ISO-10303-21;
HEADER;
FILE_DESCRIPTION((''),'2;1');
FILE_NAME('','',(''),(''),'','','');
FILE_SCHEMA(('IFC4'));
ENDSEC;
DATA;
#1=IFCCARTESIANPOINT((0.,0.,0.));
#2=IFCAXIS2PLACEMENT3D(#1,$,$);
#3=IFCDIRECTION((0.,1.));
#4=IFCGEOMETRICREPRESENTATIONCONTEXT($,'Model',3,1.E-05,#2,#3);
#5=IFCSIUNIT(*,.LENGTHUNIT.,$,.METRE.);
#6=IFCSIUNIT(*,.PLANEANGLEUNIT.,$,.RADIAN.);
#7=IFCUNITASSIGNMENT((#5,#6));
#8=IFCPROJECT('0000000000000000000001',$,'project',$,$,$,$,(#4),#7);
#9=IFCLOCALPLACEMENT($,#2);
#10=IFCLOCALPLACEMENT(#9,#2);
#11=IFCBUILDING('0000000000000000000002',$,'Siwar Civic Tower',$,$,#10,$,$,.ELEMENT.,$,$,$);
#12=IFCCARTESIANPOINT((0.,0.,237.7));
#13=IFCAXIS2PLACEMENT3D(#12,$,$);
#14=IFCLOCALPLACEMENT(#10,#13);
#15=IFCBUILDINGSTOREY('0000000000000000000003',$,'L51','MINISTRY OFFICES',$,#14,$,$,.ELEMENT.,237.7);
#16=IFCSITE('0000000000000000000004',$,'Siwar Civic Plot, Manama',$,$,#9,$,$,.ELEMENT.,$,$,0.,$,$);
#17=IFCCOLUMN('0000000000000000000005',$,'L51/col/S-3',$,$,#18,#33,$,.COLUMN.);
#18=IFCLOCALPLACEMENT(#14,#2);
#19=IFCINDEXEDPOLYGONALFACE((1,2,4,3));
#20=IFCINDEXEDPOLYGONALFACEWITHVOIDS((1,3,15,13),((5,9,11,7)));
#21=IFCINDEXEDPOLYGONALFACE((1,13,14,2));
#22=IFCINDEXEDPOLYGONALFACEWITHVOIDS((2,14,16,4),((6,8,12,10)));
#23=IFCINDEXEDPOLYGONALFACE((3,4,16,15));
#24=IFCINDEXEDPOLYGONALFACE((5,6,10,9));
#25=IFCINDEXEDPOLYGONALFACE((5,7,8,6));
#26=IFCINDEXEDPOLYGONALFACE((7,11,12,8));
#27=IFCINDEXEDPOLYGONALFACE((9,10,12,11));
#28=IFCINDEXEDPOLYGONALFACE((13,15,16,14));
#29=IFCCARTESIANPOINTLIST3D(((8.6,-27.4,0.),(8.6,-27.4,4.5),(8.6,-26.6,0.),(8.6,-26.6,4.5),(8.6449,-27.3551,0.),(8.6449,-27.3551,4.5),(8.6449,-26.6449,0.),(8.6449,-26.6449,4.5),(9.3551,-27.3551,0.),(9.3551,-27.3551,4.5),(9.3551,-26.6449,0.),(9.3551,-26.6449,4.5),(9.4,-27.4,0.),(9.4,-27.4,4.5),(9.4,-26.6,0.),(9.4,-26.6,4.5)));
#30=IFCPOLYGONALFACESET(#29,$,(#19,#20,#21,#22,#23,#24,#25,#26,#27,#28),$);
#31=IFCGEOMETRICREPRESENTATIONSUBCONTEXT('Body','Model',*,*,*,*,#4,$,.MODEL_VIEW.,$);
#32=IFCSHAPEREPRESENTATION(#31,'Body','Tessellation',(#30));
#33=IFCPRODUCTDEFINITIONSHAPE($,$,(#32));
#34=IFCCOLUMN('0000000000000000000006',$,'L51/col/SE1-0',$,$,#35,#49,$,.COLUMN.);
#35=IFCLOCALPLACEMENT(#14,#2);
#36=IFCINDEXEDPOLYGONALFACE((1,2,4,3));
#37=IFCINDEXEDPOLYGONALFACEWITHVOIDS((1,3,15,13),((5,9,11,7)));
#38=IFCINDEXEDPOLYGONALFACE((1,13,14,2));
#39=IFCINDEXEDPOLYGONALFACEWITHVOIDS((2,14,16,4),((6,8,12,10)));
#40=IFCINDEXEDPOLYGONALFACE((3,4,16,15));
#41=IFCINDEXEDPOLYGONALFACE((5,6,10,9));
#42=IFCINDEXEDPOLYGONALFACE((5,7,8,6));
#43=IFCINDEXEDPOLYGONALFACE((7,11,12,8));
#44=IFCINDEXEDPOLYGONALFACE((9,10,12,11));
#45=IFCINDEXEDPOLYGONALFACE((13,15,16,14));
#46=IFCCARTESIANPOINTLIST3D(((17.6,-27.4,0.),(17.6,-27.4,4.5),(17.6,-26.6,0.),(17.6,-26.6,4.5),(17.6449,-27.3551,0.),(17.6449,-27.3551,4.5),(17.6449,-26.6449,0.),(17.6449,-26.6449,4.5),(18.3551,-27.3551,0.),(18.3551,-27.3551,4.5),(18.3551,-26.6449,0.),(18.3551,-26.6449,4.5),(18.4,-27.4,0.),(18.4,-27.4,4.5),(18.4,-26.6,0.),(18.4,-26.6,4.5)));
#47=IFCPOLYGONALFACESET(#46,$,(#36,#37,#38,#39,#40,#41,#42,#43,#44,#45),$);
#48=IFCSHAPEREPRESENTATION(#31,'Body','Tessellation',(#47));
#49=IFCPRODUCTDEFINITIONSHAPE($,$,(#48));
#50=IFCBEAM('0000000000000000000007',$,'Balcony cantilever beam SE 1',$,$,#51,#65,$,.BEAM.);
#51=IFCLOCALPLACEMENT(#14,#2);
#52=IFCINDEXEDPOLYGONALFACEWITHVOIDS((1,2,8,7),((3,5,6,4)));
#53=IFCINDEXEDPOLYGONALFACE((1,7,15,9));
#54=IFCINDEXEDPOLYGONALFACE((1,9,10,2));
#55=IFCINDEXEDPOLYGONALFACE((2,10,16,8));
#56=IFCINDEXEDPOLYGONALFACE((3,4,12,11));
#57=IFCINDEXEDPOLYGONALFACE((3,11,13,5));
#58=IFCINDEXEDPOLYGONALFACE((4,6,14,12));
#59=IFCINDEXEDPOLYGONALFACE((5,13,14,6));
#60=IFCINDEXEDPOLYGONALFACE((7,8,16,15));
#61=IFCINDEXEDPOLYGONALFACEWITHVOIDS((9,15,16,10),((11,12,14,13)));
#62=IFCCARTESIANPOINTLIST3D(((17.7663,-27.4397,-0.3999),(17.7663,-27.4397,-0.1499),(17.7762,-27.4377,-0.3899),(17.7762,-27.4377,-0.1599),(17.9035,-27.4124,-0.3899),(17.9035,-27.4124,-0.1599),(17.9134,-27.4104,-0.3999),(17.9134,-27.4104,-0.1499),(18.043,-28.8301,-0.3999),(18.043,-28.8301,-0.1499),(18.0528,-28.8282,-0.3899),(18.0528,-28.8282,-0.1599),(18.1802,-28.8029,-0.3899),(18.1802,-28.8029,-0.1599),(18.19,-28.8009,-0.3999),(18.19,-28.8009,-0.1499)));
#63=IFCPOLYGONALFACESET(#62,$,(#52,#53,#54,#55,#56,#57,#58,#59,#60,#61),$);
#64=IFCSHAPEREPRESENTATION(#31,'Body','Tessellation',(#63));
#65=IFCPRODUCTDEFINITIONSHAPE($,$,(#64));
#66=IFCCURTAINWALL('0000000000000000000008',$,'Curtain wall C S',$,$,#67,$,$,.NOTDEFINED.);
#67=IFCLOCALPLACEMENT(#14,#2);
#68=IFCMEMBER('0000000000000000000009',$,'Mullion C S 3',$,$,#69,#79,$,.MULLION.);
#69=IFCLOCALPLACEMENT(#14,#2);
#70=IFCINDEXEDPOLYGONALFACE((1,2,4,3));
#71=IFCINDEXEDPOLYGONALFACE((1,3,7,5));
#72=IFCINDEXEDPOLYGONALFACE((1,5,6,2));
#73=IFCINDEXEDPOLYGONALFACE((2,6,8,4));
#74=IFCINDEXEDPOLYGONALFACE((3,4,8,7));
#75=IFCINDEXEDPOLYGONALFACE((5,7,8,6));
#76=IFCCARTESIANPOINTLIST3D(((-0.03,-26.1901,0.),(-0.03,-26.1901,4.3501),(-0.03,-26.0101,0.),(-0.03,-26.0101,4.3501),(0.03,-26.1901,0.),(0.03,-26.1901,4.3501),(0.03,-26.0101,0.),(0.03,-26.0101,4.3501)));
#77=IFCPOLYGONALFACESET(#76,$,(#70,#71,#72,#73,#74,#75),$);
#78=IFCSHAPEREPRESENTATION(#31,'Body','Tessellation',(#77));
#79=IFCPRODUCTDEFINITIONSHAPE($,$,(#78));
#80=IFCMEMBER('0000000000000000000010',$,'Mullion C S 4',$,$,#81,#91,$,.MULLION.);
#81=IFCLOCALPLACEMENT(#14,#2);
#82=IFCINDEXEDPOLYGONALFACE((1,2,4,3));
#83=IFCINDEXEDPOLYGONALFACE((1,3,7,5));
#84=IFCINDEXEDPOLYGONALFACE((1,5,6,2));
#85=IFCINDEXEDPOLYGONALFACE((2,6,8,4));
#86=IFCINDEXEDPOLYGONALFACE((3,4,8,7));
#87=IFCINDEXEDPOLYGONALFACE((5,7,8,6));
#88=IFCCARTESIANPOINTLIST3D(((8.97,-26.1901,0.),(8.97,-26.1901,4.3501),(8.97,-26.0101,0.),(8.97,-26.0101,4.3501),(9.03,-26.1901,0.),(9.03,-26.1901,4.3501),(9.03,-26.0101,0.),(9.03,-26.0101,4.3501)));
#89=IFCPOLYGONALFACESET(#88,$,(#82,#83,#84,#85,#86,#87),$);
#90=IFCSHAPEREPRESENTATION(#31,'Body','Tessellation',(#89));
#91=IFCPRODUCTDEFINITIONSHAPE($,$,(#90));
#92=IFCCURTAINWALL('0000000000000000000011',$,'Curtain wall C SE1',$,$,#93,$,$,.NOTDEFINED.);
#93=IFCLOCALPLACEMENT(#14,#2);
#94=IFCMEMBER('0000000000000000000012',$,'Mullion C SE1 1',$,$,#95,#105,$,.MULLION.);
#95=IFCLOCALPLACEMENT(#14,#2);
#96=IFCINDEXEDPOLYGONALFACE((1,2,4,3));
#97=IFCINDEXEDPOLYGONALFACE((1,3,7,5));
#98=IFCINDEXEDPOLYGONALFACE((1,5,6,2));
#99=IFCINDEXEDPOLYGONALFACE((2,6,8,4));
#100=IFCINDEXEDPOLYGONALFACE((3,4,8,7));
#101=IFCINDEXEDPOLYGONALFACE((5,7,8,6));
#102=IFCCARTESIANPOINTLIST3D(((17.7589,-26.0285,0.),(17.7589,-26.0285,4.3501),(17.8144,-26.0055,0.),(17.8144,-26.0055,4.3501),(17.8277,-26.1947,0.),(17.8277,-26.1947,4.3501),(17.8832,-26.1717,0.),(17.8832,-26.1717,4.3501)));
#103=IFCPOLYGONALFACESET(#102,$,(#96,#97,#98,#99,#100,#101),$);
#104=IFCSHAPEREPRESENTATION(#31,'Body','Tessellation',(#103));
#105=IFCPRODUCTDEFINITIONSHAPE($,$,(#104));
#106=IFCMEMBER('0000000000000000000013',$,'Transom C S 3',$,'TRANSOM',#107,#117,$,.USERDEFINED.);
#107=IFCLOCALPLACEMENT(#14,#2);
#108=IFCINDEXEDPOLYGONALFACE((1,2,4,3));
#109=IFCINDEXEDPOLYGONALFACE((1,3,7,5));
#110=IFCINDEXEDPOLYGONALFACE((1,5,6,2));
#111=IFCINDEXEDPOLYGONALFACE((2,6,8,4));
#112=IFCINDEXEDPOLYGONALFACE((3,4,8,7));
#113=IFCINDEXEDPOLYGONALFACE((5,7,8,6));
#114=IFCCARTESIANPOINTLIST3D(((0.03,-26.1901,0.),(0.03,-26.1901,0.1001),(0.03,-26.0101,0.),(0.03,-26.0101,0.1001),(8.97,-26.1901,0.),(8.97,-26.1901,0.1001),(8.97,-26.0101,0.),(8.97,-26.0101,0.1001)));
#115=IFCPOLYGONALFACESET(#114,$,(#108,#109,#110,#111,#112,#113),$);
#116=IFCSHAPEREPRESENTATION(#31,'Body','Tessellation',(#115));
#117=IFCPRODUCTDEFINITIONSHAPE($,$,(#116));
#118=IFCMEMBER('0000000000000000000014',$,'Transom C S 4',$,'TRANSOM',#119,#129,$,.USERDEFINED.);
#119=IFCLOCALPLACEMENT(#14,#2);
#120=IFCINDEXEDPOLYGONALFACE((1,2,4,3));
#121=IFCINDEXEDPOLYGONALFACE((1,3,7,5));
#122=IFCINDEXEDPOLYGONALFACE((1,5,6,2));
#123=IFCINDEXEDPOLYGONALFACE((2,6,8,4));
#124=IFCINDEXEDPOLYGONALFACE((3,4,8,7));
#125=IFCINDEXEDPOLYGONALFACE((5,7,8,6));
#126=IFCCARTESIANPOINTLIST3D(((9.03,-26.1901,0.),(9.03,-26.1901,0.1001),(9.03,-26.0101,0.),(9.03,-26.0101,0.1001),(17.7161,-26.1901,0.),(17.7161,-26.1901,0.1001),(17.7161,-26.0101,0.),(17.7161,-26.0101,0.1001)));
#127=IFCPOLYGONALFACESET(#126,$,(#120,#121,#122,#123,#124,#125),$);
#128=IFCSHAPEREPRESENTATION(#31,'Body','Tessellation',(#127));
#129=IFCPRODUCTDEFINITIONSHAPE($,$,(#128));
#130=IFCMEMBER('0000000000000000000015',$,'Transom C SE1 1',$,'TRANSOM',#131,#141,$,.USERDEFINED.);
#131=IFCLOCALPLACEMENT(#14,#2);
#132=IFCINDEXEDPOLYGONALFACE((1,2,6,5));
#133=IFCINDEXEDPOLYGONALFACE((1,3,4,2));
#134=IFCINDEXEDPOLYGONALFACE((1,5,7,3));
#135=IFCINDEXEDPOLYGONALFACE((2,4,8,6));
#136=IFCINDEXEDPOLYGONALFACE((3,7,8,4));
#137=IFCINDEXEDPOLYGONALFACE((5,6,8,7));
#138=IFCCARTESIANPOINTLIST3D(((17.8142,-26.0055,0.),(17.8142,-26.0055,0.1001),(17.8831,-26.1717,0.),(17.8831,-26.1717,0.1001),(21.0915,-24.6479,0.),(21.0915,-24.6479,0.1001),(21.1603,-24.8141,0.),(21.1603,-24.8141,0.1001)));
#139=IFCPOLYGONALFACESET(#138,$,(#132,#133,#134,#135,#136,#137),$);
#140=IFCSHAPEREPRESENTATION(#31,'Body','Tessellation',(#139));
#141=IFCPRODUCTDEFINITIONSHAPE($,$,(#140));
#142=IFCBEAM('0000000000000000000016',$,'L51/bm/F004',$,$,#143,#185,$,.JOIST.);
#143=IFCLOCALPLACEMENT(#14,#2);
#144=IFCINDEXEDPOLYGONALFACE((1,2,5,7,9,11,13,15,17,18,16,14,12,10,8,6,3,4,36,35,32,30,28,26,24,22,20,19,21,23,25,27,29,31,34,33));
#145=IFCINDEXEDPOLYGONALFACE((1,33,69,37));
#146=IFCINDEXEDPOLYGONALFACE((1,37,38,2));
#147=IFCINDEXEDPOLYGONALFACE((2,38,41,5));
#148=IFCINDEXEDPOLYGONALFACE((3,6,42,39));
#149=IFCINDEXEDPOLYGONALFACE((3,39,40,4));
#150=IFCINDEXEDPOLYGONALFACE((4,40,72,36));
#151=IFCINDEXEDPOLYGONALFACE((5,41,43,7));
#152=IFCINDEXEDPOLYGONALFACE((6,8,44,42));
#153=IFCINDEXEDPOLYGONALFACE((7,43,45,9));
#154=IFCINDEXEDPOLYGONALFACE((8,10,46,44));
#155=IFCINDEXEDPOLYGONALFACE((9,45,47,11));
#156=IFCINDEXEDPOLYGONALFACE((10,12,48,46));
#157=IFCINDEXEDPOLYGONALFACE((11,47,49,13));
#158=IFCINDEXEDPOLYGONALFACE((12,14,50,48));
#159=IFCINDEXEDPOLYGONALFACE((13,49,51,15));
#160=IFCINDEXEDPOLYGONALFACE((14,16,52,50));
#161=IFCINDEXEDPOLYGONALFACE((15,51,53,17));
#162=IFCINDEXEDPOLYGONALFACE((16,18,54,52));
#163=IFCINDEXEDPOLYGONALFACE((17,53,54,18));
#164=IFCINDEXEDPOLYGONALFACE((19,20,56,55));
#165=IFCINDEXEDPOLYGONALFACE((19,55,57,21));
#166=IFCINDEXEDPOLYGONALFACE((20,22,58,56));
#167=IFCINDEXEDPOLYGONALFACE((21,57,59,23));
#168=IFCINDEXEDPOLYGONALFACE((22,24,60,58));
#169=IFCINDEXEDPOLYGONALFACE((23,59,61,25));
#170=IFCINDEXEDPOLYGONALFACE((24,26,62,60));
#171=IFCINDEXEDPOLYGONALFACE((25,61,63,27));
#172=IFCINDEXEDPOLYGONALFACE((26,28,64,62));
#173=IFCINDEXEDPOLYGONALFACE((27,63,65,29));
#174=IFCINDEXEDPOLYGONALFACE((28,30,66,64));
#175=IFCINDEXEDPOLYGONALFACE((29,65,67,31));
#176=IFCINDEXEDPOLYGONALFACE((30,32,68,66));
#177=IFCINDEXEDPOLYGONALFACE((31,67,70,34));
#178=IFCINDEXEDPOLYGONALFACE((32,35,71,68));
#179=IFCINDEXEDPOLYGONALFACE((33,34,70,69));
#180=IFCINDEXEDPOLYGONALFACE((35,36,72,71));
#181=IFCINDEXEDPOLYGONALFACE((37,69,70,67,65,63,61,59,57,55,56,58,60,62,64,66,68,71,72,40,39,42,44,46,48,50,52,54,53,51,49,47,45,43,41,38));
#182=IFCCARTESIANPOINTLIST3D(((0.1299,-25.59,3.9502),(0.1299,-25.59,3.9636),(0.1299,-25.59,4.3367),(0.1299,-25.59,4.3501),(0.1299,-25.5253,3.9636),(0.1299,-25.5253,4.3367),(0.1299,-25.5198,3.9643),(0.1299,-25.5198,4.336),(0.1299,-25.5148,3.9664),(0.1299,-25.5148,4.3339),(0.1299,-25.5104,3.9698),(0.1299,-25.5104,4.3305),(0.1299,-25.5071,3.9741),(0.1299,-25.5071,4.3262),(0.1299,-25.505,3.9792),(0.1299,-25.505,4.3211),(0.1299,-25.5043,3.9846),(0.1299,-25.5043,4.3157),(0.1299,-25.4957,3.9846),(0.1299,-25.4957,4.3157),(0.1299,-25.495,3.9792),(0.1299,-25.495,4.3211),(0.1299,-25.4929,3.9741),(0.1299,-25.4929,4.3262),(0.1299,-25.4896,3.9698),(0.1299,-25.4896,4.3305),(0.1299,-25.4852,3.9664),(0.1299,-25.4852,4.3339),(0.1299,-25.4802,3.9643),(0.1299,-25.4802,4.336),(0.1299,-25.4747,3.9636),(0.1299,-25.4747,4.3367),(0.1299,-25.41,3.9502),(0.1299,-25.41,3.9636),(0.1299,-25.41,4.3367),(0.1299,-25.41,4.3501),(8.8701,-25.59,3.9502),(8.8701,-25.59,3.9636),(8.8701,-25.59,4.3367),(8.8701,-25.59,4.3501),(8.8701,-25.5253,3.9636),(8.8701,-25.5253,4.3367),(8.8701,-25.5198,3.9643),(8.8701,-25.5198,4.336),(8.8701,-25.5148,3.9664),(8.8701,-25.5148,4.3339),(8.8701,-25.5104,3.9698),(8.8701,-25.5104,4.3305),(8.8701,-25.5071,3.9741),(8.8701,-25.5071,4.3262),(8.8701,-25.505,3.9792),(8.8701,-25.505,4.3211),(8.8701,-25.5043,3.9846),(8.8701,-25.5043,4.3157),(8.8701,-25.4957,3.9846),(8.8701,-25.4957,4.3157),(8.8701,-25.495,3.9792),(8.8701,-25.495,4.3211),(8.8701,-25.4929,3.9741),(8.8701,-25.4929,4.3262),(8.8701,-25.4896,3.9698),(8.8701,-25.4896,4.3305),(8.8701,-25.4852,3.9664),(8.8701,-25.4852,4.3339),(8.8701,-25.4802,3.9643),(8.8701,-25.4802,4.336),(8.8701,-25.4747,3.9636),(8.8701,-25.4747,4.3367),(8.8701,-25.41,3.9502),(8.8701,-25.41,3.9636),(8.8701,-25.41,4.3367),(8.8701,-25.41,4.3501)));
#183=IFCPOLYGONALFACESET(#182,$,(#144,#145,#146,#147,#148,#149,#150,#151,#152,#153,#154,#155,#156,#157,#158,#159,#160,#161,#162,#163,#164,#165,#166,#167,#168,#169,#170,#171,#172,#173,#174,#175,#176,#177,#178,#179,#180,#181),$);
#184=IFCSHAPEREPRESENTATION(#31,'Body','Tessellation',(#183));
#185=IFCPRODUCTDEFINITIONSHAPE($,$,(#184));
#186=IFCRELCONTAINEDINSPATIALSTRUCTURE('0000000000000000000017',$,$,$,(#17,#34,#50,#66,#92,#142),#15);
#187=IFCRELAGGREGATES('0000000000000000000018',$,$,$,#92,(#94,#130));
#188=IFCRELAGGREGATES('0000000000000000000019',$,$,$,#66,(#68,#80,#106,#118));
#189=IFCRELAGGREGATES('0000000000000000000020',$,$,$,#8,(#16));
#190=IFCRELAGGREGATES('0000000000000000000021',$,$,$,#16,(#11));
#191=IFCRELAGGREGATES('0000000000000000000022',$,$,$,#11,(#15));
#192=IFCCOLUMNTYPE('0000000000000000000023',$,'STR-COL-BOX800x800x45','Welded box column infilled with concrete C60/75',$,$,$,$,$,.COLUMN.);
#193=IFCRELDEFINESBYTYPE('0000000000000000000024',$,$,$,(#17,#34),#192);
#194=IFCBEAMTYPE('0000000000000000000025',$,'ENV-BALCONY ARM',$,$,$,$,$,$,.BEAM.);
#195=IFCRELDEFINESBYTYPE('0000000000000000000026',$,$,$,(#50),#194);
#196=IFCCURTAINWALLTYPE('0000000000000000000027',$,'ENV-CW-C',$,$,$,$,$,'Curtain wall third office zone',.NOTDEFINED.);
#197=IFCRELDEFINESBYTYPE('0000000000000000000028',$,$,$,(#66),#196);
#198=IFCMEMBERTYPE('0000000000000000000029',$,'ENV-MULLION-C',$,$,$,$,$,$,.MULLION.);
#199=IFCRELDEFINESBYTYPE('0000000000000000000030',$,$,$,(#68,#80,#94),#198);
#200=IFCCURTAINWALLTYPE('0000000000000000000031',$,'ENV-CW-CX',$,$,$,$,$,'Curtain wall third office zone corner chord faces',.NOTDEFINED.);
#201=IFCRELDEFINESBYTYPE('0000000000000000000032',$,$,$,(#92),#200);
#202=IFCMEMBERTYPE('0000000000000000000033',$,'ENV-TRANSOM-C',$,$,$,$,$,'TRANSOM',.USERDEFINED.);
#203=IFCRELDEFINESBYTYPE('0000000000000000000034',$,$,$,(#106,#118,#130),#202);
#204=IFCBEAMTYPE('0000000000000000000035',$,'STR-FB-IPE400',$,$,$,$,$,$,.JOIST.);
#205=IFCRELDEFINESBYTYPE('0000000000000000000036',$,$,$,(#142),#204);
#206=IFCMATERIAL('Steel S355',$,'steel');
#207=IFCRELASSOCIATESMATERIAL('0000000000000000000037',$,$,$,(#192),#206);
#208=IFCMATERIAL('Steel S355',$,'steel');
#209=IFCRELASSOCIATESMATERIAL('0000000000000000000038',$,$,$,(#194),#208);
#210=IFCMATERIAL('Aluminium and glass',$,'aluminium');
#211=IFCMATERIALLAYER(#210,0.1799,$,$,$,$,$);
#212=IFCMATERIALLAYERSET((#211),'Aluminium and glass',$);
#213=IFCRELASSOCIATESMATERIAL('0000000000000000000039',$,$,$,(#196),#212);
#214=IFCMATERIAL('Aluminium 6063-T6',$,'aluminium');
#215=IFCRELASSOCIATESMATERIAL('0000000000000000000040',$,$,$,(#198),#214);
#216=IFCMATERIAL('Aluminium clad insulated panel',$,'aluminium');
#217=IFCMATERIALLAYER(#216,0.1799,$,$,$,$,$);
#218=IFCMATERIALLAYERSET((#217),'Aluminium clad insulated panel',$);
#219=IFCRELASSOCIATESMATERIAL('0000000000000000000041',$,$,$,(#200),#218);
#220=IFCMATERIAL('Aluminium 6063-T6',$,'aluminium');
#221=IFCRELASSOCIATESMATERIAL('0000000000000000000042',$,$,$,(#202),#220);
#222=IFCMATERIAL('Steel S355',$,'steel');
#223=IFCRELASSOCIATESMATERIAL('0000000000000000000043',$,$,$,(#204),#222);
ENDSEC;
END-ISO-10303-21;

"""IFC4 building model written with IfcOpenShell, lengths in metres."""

from ifc_helpers import new_model, si_unit, direction, frame, origin, origin_2d, place, context, subcontext, project, spatial, rectangle, hollow_rectangle, i_section, extrude, material, layer, layer_set, material_profile, profile_set, type_object, element, aggregate, save


model = new_model("IFC4")

# Units and contexts
model_context = context("Model", 3, precision=1e-05, world=origin(), true_north=direction((0.0, 1.0)))
body_context = subcontext(model_context, "Body", "Model", "MODEL_VIEW")
ifc_project = project(units=[si_unit("LENGTHUNIT", "METRE"), si_unit("PLANEANGLEUNIT", "RADIAN")], contexts=[model_context])

# Site, building, storey
site_placement = place(None, origin())
site = spatial("IfcSite", under=ifc_project, at=site_placement, Name="Siwar Civic Plot, Manama", CompositionType="ELEMENT", RefElevation=0.0)
building_placement = place(site_placement, origin())
building = spatial("IfcBuilding", under=site, at=building_placement, Name="Siwar Civic Tower", CompositionType="ELEMENT")
storey_placement = place(building_placement, frame((0.0, 0.0, 237.7)))
storey = spatial("IfcBuildingStorey", under=building, at=storey_placement, Name="L51", Description="MINISTRY OFFICES", CompositionType="ELEMENT", Elevation=237.7)

# Columns
ifc_material_1 = material(Name="Steel S355", Category="steel")
ifc_material_profile_1 = material_profile(ifc_material_1, hollow_rectangle(XDim=0.8, YDim=0.8, WallThickness=0.0449, at=origin_2d()), Name="BOX800x800x45")
ifc_profile_set_1 = profile_set([ifc_material_profile_1], Name="Steel S355")
column_type = type_object("IfcColumnType", Name="STR-COL-BOX800x800x45", Description="Welded box column infilled with concrete C60/75", PredefinedType="COLUMN", material=ifc_profile_set_1)
for number, where, z_axis, x_axis, name in (
    (1, (9.0, -27.0, 0.0), (0.0, 0.0, 1.0), (1.0, 0.0, 0.0), "L51/col/S-3"),
    (2, (18.0, -27.0, 0.0), (0.0, 0.0, 1.0), (1.0, 0.0, 0.0), "L51/col/SE1-0"),
):
    element("IfcColumn", number, at=place(storey_placement, frame(where, z_axis=z_axis, x_axis=x_axis)), inside=storey, type_object=column_type, Name=name, PredefinedType="COLUMN", context=body_context, shape_type="SweptSolid", body=[
        extrude(hollow_rectangle(XDim=0.8, YDim=0.8, WallThickness=0.0449, at=origin_2d()), origin(), (0.0, 0.0, 1.0), 4.5),
    ])

# Beam
ifc_material_2 = material(Name="Steel S355", Category="steel")
ifc_material_profile_2 = material_profile(ifc_material_2, hollow_rectangle(XDim=0.1499, YDim=0.25, WallThickness=0.01, at=origin_2d()), Name="RHS250x150x10")
ifc_profile_set_2 = profile_set([ifc_material_profile_2], Name="Steel S355")
beam_type_1 = type_object("IfcBeamType", Name="ENV-BALCONY ARM", PredefinedType="BEAM", material=ifc_profile_set_2)
beam_1_placement = place(storey_placement, frame((17.8398, -27.425, -0.2749), z_axis=(0.195122, -0.980779, 0.0), x_axis=(0.980779, 0.195122, 0.0)))
element("IfcBeam", 3, at=beam_1_placement, inside=storey, type_object=beam_type_1, Name="Balcony cantilever beam SE 1", PredefinedType="BEAM", context=body_context, shape_type="SweptSolid", body=[
    extrude(hollow_rectangle(XDim=0.1499, YDim=0.25, WallThickness=0.01, at=origin_2d()), origin(), (0.0, 0.0, 1.0), 1.4177),
])

# Curtain wall, members
ifc_material_3 = material(Name="Aluminium and glass", Category="aluminium")
ifc_layer_1 = layer(ifc_material_3, 0.1799)
ifc_layer_set_1 = layer_set([ifc_layer_1], Name="Aluminium and glass")
curtain_wall_type_1 = type_object("IfcCurtainWallType", Name="ENV-CW-C", ElementType="Curtain wall third office zone", PredefinedType="NOTDEFINED", material=ifc_layer_set_1)
curtain_wall_1_placement = place(storey_placement, origin())
curtain_wall_1 = element("IfcCurtainWall", 4, at=curtain_wall_1_placement, inside=storey, type_object=curtain_wall_type_1, Name="Curtain wall C S", PredefinedType="NOTDEFINED")
ifc_material_4 = material(Name="Aluminium 6063-T6", Category="aluminium")
ifc_material_profile_3 = material_profile(ifc_material_4, rectangle(XDim=0.1799, YDim=0.0601, at=origin_2d()), Name="AL 180x60")
ifc_profile_set_3 = profile_set([ifc_material_profile_3], Name="Aluminium 6063-T6")
member_type_1 = type_object("IfcMemberType", Name="ENV-MULLION-C", PredefinedType="MULLION", material=ifc_profile_set_3)
member_1_placement = place(storey_placement, frame((0.0, -26.1001, 0.0), z_axis=(0.0, 0.0, 1.0), x_axis=(0.0, 1.0, 0.0)))
member_1 = element("IfcMember", 5, at=member_1_placement, type_object=member_type_1, Name="Mullion C S 3", PredefinedType="MULLION", context=body_context, shape_type="SweptSolid", body=[
    extrude(rectangle(XDim=0.1799, YDim=0.0601, at=origin_2d()), origin(), (0.0, 0.0, 1.0), 4.3501),
])
member_2_placement = place(storey_placement, frame((9.0, -26.1001, 0.0), z_axis=(0.0, 0.0, 1.0), x_axis=(0.0, 1.0, 0.0)))
member_2 = element("IfcMember", 6, at=member_2_placement, type_object=member_type_1, Name="Mullion C S 4", PredefinedType="MULLION", context=body_context, shape_type="SweptSolid", body=[
    extrude(rectangle(XDim=0.1799, YDim=0.0601, at=origin_2d()), origin(), (0.0, 0.0, 1.0), 4.3501),
])

# Curtain wall, member
ifc_material_5 = material(Name="Aluminium clad insulated panel", Category="aluminium")
ifc_layer_2 = layer(ifc_material_5, 0.1799)
ifc_layer_set_2 = layer_set([ifc_layer_2], Name="Aluminium clad insulated panel")
curtain_wall_type_2 = type_object("IfcCurtainWallType", Name="ENV-CW-CX", ElementType="Curtain wall third office zone corner chord faces", PredefinedType="NOTDEFINED", material=ifc_layer_set_2)
curtain_wall_2_placement = place(storey_placement, origin())
curtain_wall_2 = element("IfcCurtainWall", 7, at=curtain_wall_2_placement, inside=storey, type_object=curtain_wall_type_2, Name="Curtain wall C SE1", PredefinedType="NOTDEFINED")
member_3_placement = place(storey_placement, frame((17.821, -26.1001, 0.0), z_axis=(0.0, 0.0, 1.0), x_axis=(-0.382683, 0.92388, 0.0)))
member_3 = element("IfcMember", 8, at=member_3_placement, type_object=member_type_1, Name="Mullion C SE1 1", PredefinedType="MULLION", context=body_context, shape_type="SweptSolid", body=[
    extrude(rectangle(XDim=0.1799, YDim=0.0601, at=origin_2d()), origin(), (0.0, 0.0, 1.0), 4.3501),
])

# Members
ifc_material_6 = material(Name="Aluminium 6063-T6", Category="aluminium")
ifc_material_profile_4 = material_profile(ifc_material_6, rectangle(XDim=0.1799, YDim=0.1001, at=origin_2d()), Name="AL 180x100")
ifc_profile_set_4 = profile_set([ifc_material_profile_4], Name="Aluminium 6063-T6")
member_type_2 = type_object("IfcMemberType", Name="ENV-TRANSOM-C", ElementType="TRANSOM", PredefinedType="USERDEFINED", material=ifc_profile_set_4)
member_4_placement = place(storey_placement, frame((0.03, -26.1001, 0.05), z_axis=(1.0, 0.0, 0.0), x_axis=(0.0, 1.0, 0.0)))
member_4 = element("IfcMember", 9, at=member_4_placement, type_object=member_type_2, Name="Transom C S 3", ObjectType="TRANSOM", PredefinedType="USERDEFINED", context=body_context, shape_type="SweptSolid", body=[
    extrude(rectangle(XDim=0.1799, YDim=0.1001, at=origin_2d()), origin(), (0.0, 0.0, 1.0), 8.9399),
])
member_5_placement = place(storey_placement, frame((9.03, -26.1001, 0.05), z_axis=(1.0, 0.0, 0.0), x_axis=(0.0, 1.0, 0.0)))
member_5 = element("IfcMember", 10, at=member_5_placement, type_object=member_type_2, Name="Transom C S 4", ObjectType="TRANSOM", PredefinedType="USERDEFINED", context=body_context, shape_type="SweptSolid", body=[
    extrude(rectangle(XDim=0.1799, YDim=0.1001, at=origin_2d()), origin(), (0.0, 0.0, 1.0), 8.686),
])
member_6_placement = place(storey_placement, frame((17.8486, -26.0886, 0.05), z_axis=(0.923865, 0.382719, 0.0), x_axis=(-0.382719, 0.923865, 0.0)))
member_6 = element("IfcMember", 11, at=member_6_placement, type_object=member_type_2, Name="Transom C SE1 1", ObjectType="TRANSOM", PredefinedType="USERDEFINED", context=body_context, shape_type="SweptSolid", body=[
    extrude(rectangle(XDim=0.1799, YDim=0.1001, at=origin_2d()), origin(), (0.0, 0.0, 1.0), 3.5474),
])
aggregate(curtain_wall_2, [member_3, member_6])

# Beam
ifc_material_7 = material(Name="Steel S355", Category="steel")
ifc_material_profile_5 = material_profile(ifc_material_7, i_section(OverallWidth=0.1799, OverallDepth=0.3999, WebThickness=0.0085, FlangeThickness=0.0134, FilletRadius=0.021, at=origin_2d()), Name="IPE400")
ifc_profile_set_5 = profile_set([ifc_material_profile_5], Name="Steel S355")
beam_type_2 = type_object("IfcBeamType", Name="STR-FB-IPE400", PredefinedType="JOIST", material=ifc_profile_set_5)
for number, where, z_axis, x_axis, name in (
    (12, (0.1299, -25.5, 4.1501), (1.0, 0.0, 0.0), (0.0, 1.0, 0.0), "L51/bm/F004"),
):
    element("IfcBeam", number, at=place(storey_placement, frame(where, z_axis=z_axis, x_axis=x_axis)), inside=storey, type_object=beam_type_2, Name=name, PredefinedType="JOIST", context=body_context, shape_type="SweptSolid", body=[
        extrude(i_section(OverallWidth=0.1799, OverallDepth=0.3999, WebThickness=0.0085, FlangeThickness=0.0134, FilletRadius=0.021, at=origin_2d()), origin(), (0.0, 0.0, 1.0), 8.7402),
    ])

aggregate(curtain_wall_1, [member_1, member_2, member_4, member_5])

save(model, "model.ifc")
